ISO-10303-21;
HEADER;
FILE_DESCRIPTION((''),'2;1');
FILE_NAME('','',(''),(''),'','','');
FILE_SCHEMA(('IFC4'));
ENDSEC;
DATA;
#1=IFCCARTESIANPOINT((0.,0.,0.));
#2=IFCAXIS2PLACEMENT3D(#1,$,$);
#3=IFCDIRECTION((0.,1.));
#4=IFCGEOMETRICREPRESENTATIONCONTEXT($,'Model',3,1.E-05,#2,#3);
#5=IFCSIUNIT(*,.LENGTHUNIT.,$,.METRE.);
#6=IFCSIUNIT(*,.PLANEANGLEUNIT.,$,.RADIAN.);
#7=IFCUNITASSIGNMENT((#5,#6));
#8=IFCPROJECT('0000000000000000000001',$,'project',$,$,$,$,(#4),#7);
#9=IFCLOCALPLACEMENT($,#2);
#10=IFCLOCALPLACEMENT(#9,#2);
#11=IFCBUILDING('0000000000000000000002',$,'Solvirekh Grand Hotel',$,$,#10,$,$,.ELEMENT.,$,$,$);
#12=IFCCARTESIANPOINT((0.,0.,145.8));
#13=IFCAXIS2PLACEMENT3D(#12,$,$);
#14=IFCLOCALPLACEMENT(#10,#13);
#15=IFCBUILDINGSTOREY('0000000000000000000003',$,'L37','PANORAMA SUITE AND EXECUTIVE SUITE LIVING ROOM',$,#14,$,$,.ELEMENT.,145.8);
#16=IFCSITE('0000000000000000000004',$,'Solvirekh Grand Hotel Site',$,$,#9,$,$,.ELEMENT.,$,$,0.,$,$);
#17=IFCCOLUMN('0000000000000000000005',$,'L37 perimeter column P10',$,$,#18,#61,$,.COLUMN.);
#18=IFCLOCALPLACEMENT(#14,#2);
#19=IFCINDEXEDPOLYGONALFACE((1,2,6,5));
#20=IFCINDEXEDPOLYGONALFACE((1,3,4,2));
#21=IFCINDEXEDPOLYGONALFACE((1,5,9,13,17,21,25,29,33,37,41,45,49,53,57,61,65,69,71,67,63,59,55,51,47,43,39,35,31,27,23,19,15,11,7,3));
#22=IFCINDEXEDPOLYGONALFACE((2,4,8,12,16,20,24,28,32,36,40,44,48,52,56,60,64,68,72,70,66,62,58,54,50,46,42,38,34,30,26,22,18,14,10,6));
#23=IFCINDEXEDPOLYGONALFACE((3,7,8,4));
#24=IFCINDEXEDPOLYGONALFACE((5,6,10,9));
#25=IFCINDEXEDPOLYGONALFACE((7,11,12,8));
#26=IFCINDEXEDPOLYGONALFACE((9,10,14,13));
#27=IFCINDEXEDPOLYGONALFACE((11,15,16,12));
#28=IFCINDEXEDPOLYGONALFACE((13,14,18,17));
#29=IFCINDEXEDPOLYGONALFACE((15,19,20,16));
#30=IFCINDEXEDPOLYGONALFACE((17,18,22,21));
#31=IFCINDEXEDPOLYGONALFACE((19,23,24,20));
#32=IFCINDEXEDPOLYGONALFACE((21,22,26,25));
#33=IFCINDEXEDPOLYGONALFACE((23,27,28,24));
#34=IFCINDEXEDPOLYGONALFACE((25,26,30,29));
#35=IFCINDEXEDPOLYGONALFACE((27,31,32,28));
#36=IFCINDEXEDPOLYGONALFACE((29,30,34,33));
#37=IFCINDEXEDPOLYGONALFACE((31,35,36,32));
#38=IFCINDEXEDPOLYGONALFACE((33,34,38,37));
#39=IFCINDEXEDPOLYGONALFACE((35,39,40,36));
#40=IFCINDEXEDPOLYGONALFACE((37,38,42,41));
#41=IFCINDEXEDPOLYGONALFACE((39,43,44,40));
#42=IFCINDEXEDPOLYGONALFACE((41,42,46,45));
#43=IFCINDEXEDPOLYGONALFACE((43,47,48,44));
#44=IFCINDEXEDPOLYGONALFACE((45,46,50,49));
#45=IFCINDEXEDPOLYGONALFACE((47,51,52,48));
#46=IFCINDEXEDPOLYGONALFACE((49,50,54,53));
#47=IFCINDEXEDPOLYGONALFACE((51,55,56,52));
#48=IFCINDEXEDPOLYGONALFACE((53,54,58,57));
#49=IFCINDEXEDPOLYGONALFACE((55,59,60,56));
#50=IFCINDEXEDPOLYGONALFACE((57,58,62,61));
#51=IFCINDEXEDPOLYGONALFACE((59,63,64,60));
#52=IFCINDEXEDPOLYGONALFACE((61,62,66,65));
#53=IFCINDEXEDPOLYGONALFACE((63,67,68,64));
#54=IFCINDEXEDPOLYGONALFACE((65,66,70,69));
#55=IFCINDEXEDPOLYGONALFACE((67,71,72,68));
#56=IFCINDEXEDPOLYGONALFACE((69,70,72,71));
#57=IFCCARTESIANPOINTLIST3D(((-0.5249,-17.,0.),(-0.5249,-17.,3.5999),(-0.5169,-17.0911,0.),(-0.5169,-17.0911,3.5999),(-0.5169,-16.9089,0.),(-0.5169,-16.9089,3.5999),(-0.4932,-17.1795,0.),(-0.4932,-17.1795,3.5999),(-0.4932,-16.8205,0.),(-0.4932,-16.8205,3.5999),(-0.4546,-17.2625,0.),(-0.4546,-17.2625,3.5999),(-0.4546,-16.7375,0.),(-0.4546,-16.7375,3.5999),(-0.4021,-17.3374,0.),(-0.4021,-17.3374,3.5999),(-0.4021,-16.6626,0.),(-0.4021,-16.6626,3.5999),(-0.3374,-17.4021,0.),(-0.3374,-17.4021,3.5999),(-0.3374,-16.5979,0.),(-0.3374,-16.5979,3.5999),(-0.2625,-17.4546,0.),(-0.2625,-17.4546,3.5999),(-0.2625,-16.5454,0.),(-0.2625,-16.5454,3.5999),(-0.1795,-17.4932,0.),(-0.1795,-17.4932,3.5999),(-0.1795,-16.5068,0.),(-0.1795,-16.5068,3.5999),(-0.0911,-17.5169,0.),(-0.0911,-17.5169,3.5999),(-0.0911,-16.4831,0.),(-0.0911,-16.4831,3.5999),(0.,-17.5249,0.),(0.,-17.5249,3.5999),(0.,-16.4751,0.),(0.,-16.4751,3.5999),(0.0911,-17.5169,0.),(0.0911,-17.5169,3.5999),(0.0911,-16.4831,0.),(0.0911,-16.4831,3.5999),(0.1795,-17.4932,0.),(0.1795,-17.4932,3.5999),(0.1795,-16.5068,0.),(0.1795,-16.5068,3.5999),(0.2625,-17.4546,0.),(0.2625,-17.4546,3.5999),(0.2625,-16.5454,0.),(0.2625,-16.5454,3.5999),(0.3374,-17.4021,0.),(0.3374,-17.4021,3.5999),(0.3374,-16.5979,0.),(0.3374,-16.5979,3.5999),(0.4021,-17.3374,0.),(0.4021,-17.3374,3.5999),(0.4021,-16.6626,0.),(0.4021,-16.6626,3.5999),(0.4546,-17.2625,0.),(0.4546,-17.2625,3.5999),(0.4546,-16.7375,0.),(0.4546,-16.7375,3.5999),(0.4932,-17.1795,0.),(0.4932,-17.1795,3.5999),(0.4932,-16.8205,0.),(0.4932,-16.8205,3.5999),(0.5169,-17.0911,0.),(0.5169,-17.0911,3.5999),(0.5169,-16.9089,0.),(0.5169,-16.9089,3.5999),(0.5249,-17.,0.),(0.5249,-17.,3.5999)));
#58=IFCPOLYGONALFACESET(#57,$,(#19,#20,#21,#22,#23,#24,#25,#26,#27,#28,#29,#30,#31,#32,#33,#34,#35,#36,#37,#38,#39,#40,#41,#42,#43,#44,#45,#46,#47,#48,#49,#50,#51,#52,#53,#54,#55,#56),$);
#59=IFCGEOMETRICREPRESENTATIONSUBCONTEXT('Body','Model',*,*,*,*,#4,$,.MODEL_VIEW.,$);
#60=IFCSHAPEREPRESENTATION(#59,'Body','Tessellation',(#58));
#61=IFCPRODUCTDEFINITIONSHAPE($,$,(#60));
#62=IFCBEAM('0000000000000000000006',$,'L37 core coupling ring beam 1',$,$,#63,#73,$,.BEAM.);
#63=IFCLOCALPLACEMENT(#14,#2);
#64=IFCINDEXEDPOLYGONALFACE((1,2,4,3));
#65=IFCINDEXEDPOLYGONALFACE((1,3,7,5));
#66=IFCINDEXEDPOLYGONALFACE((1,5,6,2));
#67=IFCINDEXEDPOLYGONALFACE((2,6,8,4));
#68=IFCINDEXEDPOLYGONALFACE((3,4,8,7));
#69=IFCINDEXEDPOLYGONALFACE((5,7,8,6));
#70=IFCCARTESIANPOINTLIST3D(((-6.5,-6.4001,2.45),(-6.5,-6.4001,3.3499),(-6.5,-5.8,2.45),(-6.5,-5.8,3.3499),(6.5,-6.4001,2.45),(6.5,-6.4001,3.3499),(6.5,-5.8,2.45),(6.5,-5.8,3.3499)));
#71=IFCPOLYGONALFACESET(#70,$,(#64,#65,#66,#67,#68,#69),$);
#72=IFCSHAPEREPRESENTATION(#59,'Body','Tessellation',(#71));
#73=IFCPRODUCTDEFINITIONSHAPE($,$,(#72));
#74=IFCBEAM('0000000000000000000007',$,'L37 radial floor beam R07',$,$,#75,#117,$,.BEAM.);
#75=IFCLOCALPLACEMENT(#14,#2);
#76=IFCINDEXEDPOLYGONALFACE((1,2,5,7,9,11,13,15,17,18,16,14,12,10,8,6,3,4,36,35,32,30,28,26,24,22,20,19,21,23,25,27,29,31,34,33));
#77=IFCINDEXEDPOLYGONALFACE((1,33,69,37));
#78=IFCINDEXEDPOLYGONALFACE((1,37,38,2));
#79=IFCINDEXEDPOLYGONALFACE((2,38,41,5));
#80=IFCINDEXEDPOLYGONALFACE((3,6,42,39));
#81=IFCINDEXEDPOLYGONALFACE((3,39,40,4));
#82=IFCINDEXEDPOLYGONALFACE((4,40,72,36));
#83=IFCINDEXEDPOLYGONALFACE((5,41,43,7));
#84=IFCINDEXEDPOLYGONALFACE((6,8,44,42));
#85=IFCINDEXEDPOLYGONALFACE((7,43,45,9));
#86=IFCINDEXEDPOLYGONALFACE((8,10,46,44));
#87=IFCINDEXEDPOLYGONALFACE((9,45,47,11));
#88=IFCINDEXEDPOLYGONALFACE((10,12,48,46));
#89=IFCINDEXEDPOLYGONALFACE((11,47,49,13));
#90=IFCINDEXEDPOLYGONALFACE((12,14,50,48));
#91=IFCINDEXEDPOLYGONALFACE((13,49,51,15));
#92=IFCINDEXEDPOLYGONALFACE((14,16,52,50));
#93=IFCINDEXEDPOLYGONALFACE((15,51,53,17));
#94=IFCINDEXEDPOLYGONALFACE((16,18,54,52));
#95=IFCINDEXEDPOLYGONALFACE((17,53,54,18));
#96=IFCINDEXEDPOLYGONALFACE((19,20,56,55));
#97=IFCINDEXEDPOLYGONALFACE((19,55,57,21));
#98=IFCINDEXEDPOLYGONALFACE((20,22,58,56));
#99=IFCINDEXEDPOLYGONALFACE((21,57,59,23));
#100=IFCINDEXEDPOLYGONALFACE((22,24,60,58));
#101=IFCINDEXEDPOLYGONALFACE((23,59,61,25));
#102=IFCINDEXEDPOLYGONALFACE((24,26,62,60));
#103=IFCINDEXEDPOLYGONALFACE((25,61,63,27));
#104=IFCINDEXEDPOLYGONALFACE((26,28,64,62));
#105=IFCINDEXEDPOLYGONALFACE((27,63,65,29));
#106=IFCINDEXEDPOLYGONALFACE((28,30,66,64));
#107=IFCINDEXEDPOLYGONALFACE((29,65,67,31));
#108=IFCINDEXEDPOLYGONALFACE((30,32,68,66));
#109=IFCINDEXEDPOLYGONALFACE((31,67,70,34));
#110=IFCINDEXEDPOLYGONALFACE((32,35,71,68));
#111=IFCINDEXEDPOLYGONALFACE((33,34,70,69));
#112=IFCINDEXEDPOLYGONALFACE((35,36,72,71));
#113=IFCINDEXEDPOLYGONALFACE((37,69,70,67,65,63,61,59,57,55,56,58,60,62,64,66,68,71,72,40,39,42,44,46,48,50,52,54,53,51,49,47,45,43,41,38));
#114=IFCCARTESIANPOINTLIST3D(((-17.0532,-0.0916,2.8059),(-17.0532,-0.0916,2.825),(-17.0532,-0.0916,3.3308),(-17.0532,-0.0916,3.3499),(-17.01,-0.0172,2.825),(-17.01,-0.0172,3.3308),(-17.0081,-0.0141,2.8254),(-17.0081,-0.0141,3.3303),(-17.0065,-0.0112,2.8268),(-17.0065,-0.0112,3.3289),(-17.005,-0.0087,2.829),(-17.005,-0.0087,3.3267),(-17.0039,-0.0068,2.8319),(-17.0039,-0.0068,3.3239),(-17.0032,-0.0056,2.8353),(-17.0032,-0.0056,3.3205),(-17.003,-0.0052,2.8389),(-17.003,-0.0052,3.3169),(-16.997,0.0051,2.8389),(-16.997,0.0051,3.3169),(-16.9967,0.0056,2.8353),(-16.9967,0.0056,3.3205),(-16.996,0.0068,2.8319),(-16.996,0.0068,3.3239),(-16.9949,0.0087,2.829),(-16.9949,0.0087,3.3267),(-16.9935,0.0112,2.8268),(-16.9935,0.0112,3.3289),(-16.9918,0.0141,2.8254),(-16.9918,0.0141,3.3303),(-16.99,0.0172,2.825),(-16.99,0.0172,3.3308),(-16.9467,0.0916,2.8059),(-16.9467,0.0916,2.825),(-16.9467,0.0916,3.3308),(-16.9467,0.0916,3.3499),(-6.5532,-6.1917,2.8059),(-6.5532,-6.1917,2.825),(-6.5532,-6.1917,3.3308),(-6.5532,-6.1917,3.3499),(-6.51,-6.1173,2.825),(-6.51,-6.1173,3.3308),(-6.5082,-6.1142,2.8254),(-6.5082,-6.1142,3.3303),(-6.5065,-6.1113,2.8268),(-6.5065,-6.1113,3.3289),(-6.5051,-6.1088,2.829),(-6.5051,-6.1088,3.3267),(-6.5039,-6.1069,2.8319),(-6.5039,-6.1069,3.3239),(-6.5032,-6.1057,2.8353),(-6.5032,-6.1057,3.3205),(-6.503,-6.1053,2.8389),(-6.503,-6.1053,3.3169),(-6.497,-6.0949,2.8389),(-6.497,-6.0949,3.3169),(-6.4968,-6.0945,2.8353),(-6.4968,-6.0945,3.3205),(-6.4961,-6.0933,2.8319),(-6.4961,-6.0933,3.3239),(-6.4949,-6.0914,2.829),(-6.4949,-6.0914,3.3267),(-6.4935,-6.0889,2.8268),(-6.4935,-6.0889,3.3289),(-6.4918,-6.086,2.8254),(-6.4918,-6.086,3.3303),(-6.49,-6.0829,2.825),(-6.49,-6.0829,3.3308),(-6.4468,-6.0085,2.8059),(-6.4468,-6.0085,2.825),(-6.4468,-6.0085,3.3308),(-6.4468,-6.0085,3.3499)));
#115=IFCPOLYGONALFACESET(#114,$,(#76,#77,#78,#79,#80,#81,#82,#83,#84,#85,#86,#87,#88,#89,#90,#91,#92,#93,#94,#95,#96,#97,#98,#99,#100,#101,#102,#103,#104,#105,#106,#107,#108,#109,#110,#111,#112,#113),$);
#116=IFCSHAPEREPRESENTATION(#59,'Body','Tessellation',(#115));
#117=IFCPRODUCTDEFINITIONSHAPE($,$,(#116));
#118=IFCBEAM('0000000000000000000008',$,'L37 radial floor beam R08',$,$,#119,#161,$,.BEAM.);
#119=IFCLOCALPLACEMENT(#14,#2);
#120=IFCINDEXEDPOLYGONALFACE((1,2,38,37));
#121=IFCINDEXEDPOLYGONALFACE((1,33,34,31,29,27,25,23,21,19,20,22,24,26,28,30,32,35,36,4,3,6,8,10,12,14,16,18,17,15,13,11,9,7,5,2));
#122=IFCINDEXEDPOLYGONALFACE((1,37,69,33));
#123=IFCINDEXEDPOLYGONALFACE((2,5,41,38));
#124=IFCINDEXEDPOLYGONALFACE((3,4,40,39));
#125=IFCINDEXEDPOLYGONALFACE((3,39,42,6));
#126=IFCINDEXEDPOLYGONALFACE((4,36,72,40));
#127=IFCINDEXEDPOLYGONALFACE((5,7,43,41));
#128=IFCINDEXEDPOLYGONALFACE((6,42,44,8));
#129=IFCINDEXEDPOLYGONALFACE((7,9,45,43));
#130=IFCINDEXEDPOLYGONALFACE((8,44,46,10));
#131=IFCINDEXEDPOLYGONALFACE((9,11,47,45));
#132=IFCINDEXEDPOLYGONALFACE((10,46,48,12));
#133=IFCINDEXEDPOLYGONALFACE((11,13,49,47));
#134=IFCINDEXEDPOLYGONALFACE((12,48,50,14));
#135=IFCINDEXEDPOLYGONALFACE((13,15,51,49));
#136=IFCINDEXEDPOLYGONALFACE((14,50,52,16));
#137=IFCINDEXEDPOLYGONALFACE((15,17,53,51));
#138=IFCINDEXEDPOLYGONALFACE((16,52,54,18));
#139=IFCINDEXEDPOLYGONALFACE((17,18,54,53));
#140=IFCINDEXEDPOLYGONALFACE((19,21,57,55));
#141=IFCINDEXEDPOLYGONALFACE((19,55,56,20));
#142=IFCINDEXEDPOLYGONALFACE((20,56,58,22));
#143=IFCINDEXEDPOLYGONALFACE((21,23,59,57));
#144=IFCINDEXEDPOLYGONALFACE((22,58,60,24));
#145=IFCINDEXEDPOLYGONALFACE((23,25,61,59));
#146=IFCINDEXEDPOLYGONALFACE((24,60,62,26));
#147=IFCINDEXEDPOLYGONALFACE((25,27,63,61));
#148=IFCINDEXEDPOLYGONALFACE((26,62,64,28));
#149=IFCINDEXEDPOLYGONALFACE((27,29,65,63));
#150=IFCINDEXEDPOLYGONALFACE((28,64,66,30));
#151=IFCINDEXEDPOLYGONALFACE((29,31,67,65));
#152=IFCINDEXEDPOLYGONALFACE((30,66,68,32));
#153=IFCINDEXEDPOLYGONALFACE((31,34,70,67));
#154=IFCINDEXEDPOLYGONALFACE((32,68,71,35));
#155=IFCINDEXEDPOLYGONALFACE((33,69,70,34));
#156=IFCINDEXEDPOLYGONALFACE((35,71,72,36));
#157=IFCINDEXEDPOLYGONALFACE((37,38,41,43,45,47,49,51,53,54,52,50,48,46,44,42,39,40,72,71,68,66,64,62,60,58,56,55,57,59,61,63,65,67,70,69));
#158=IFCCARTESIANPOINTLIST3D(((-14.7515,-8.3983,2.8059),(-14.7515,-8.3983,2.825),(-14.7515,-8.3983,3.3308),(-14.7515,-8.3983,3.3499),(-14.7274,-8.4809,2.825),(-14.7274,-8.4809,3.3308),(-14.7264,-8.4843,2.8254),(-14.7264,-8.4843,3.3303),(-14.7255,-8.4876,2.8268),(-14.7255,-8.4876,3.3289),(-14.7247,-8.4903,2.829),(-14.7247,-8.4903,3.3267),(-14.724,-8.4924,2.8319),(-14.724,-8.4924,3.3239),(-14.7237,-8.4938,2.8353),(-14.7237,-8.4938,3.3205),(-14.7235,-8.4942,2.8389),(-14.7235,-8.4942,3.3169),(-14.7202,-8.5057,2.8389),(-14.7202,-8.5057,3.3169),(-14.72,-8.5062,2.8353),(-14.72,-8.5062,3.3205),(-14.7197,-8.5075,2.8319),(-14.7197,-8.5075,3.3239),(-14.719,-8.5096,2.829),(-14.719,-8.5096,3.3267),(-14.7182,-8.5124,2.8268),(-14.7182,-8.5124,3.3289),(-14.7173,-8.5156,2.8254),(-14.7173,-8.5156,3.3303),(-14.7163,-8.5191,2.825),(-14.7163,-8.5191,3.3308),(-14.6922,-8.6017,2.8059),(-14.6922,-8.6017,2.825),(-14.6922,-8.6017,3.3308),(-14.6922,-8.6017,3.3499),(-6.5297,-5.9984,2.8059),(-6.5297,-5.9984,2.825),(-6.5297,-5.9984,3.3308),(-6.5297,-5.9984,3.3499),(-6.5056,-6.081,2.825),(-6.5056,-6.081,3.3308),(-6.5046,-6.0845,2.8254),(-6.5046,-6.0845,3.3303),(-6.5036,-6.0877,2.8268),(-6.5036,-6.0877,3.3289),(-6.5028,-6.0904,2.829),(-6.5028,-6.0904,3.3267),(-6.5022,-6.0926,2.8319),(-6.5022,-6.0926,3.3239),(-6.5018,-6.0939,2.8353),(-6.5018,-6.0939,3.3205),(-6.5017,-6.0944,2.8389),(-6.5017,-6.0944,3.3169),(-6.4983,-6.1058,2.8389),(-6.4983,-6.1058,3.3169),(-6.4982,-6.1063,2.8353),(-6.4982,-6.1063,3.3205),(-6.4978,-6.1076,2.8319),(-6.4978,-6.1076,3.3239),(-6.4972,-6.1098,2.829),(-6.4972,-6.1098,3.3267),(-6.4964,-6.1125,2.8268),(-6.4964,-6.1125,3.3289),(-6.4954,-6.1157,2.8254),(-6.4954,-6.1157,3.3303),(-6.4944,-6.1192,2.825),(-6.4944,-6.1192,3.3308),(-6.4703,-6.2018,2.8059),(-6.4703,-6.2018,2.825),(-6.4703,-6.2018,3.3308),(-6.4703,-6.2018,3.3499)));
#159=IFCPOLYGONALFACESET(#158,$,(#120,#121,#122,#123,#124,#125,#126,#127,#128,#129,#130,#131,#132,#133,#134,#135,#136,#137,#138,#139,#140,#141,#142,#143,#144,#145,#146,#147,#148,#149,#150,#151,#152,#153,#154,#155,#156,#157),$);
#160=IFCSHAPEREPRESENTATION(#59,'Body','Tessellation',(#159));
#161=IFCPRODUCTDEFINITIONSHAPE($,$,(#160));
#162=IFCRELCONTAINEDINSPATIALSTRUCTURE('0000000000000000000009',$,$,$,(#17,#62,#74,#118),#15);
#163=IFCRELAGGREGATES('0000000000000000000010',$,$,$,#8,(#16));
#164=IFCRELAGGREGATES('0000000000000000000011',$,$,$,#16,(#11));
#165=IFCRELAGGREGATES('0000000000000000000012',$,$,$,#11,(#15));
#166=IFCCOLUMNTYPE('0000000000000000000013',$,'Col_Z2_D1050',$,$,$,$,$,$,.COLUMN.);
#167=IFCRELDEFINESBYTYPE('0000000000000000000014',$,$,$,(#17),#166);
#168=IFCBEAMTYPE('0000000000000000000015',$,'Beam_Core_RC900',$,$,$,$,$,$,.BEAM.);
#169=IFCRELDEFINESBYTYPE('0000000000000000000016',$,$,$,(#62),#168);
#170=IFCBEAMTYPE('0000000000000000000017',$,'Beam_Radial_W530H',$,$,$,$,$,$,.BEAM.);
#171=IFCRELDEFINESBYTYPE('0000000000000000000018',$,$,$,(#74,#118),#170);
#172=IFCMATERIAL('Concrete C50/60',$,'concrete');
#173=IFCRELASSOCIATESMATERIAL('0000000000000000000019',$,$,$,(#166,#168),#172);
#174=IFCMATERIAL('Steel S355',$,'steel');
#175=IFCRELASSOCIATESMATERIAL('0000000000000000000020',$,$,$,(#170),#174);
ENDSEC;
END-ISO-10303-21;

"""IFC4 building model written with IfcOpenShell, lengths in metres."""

from ifc_helpers import new_model, si_unit, direction, frame, origin, origin_2d, place, context, subcontext, project, spatial, rectangle, circle, i_section, extrude, material, material_profile, profile_set, type_object, element, save


model = new_model("IFC4")

# Units and contexts
model_context = context("Model", 3, precision=1e-05, world=origin(), true_north=direction((0.0, 1.0)))
body_context = subcontext(model_context, "Body", "Model", "MODEL_VIEW")
ifc_project = project(units=[si_unit("LENGTHUNIT", "METRE"), si_unit("PLANEANGLEUNIT", "RADIAN")], contexts=[model_context])

# Site, building, storey
site_placement = place(None, origin())
site = spatial("IfcSite", under=ifc_project, at=site_placement, Name="Solvirekh Grand Hotel Site", CompositionType="ELEMENT", RefElevation=0.0)
building_placement = place(site_placement, origin())
building = spatial("IfcBuilding", under=site, at=building_placement, Name="Solvirekh Grand Hotel", CompositionType="ELEMENT")
storey_placement = place(building_placement, frame((0.0, 0.0, 145.8)))
storey = spatial("IfcBuildingStorey", under=building, at=storey_placement, Name="L37", Description="PANORAMA SUITE AND EXECUTIVE SUITE LIVING ROOM", CompositionType="ELEMENT", Elevation=145.8)

# Column
ifc_material_1 = material(Name="Concrete C50/60", Category="concrete")
ifc_material_profile_1 = material_profile(ifc_material_1, circle(Radius=0.5249, at=origin_2d()), Name="RC CIRC D1050")
ifc_profile_set_1 = profile_set([ifc_material_profile_1], Name="Concrete C50/60")
column_type = type_object("IfcColumnType", Name="Col_Z2_D1050", PredefinedType="COLUMN", material=ifc_profile_set_1)
column_placement = place(storey_placement, frame((0.0, -17.0, 0.0), z_axis=(0.0, 0.0, 1.0), x_axis=(1.0, 0.0, 0.0)))
element("IfcColumn", 1, at=column_placement, inside=storey, type_object=column_type, Name="L37 perimeter column P10", PredefinedType="COLUMN", context=body_context, shape_type="SweptSolid", body=[
    extrude(circle(Radius=0.5249, at=origin_2d()), origin(), (0.0, 0.0, 1.0), 3.5999),
])

# Beams
ifc_material_profile_2 = material_profile(ifc_material_1, rectangle(XDim=0.6001, YDim=0.8999, at=origin_2d()), Name="RC BEAM 600X900")
ifc_profile_set_2 = profile_set([ifc_material_profile_2], Name="Concrete C50/60")
beam_type_1 = type_object("IfcBeamType", Name="Beam_Core_RC900", PredefinedType="BEAM", material=ifc_profile_set_2)
beam_1_placement = place(storey_placement, frame((-6.5, -6.1001, 2.8999), z_axis=(1.0, 0.0, 0.0), x_axis=(0.0, 1.0, 0.0)))
element("IfcBeam", 2, at=beam_1_placement, inside=storey, type_object=beam_type_1, Name="L37 core coupling ring beam 1", PredefinedType="BEAM", context=body_context, shape_type="SweptSolid", body=[
    extrude(rectangle(XDim=0.6001, YDim=0.8999, at=origin_2d()), origin(), (0.0, 0.0, 1.0), 13.0),
])
ifc_material_2 = material(Name="Steel S355", Category="steel")
ifc_material_profile_3 = material_profile(ifc_material_2, i_section(OverallWidth=0.2119, OverallDepth=0.5439, WebThickness=0.012, FlangeThickness=0.019, FilletRadius=0.0139, at=origin_2d()), Name="W530X123")
ifc_profile_set_3 = profile_set([ifc_material_profile_3], Name="Steel S355")
beam_type_2 = type_object("IfcBeamType", Name="Beam_Radial_W530H", PredefinedType="BEAM", material=ifc_profile_set_3)
beam_2_placement = place(storey_placement, frame((-6.5, -6.1001, 3.0779), z_axis=(-0.86467, 0.50234, 0.0), x_axis=(-0.50234, -0.86467, 0.0)))
element("IfcBeam", 3, at=beam_2_placement, inside=storey, type_object=beam_type_2, Name="L37 radial floor beam R07", PredefinedType="BEAM", context=body_context, shape_type="SweptSolid", body=[
    extrude(i_section(OverallWidth=0.2119, OverallDepth=0.5439, WebThickness=0.012, FlangeThickness=0.019, FilletRadius=0.0139, at=origin_2d()), origin(), (0.0, 0.0, 1.0), 12.1433),
])
beam_3_placement = place(storey_placement, frame((-6.5, -6.1001, 3.0779), z_axis=(-0.959942, -0.280198, 0.0), x_axis=(0.280198, -0.959942, 0.0)))
element("IfcBeam", 4, at=beam_3_placement, inside=storey, type_object=beam_type_2, Name="L37 radial floor beam R08", PredefinedType="BEAM", context=body_context, shape_type="SweptSolid", body=[
    extrude(i_section(OverallWidth=0.2119, OverallDepth=0.5439, WebThickness=0.012, FlangeThickness=0.019, FilletRadius=0.0139, at=origin_2d()), origin(), (0.0, 0.0, 1.0), 8.5649),
])

save(model, "model.ifc")
